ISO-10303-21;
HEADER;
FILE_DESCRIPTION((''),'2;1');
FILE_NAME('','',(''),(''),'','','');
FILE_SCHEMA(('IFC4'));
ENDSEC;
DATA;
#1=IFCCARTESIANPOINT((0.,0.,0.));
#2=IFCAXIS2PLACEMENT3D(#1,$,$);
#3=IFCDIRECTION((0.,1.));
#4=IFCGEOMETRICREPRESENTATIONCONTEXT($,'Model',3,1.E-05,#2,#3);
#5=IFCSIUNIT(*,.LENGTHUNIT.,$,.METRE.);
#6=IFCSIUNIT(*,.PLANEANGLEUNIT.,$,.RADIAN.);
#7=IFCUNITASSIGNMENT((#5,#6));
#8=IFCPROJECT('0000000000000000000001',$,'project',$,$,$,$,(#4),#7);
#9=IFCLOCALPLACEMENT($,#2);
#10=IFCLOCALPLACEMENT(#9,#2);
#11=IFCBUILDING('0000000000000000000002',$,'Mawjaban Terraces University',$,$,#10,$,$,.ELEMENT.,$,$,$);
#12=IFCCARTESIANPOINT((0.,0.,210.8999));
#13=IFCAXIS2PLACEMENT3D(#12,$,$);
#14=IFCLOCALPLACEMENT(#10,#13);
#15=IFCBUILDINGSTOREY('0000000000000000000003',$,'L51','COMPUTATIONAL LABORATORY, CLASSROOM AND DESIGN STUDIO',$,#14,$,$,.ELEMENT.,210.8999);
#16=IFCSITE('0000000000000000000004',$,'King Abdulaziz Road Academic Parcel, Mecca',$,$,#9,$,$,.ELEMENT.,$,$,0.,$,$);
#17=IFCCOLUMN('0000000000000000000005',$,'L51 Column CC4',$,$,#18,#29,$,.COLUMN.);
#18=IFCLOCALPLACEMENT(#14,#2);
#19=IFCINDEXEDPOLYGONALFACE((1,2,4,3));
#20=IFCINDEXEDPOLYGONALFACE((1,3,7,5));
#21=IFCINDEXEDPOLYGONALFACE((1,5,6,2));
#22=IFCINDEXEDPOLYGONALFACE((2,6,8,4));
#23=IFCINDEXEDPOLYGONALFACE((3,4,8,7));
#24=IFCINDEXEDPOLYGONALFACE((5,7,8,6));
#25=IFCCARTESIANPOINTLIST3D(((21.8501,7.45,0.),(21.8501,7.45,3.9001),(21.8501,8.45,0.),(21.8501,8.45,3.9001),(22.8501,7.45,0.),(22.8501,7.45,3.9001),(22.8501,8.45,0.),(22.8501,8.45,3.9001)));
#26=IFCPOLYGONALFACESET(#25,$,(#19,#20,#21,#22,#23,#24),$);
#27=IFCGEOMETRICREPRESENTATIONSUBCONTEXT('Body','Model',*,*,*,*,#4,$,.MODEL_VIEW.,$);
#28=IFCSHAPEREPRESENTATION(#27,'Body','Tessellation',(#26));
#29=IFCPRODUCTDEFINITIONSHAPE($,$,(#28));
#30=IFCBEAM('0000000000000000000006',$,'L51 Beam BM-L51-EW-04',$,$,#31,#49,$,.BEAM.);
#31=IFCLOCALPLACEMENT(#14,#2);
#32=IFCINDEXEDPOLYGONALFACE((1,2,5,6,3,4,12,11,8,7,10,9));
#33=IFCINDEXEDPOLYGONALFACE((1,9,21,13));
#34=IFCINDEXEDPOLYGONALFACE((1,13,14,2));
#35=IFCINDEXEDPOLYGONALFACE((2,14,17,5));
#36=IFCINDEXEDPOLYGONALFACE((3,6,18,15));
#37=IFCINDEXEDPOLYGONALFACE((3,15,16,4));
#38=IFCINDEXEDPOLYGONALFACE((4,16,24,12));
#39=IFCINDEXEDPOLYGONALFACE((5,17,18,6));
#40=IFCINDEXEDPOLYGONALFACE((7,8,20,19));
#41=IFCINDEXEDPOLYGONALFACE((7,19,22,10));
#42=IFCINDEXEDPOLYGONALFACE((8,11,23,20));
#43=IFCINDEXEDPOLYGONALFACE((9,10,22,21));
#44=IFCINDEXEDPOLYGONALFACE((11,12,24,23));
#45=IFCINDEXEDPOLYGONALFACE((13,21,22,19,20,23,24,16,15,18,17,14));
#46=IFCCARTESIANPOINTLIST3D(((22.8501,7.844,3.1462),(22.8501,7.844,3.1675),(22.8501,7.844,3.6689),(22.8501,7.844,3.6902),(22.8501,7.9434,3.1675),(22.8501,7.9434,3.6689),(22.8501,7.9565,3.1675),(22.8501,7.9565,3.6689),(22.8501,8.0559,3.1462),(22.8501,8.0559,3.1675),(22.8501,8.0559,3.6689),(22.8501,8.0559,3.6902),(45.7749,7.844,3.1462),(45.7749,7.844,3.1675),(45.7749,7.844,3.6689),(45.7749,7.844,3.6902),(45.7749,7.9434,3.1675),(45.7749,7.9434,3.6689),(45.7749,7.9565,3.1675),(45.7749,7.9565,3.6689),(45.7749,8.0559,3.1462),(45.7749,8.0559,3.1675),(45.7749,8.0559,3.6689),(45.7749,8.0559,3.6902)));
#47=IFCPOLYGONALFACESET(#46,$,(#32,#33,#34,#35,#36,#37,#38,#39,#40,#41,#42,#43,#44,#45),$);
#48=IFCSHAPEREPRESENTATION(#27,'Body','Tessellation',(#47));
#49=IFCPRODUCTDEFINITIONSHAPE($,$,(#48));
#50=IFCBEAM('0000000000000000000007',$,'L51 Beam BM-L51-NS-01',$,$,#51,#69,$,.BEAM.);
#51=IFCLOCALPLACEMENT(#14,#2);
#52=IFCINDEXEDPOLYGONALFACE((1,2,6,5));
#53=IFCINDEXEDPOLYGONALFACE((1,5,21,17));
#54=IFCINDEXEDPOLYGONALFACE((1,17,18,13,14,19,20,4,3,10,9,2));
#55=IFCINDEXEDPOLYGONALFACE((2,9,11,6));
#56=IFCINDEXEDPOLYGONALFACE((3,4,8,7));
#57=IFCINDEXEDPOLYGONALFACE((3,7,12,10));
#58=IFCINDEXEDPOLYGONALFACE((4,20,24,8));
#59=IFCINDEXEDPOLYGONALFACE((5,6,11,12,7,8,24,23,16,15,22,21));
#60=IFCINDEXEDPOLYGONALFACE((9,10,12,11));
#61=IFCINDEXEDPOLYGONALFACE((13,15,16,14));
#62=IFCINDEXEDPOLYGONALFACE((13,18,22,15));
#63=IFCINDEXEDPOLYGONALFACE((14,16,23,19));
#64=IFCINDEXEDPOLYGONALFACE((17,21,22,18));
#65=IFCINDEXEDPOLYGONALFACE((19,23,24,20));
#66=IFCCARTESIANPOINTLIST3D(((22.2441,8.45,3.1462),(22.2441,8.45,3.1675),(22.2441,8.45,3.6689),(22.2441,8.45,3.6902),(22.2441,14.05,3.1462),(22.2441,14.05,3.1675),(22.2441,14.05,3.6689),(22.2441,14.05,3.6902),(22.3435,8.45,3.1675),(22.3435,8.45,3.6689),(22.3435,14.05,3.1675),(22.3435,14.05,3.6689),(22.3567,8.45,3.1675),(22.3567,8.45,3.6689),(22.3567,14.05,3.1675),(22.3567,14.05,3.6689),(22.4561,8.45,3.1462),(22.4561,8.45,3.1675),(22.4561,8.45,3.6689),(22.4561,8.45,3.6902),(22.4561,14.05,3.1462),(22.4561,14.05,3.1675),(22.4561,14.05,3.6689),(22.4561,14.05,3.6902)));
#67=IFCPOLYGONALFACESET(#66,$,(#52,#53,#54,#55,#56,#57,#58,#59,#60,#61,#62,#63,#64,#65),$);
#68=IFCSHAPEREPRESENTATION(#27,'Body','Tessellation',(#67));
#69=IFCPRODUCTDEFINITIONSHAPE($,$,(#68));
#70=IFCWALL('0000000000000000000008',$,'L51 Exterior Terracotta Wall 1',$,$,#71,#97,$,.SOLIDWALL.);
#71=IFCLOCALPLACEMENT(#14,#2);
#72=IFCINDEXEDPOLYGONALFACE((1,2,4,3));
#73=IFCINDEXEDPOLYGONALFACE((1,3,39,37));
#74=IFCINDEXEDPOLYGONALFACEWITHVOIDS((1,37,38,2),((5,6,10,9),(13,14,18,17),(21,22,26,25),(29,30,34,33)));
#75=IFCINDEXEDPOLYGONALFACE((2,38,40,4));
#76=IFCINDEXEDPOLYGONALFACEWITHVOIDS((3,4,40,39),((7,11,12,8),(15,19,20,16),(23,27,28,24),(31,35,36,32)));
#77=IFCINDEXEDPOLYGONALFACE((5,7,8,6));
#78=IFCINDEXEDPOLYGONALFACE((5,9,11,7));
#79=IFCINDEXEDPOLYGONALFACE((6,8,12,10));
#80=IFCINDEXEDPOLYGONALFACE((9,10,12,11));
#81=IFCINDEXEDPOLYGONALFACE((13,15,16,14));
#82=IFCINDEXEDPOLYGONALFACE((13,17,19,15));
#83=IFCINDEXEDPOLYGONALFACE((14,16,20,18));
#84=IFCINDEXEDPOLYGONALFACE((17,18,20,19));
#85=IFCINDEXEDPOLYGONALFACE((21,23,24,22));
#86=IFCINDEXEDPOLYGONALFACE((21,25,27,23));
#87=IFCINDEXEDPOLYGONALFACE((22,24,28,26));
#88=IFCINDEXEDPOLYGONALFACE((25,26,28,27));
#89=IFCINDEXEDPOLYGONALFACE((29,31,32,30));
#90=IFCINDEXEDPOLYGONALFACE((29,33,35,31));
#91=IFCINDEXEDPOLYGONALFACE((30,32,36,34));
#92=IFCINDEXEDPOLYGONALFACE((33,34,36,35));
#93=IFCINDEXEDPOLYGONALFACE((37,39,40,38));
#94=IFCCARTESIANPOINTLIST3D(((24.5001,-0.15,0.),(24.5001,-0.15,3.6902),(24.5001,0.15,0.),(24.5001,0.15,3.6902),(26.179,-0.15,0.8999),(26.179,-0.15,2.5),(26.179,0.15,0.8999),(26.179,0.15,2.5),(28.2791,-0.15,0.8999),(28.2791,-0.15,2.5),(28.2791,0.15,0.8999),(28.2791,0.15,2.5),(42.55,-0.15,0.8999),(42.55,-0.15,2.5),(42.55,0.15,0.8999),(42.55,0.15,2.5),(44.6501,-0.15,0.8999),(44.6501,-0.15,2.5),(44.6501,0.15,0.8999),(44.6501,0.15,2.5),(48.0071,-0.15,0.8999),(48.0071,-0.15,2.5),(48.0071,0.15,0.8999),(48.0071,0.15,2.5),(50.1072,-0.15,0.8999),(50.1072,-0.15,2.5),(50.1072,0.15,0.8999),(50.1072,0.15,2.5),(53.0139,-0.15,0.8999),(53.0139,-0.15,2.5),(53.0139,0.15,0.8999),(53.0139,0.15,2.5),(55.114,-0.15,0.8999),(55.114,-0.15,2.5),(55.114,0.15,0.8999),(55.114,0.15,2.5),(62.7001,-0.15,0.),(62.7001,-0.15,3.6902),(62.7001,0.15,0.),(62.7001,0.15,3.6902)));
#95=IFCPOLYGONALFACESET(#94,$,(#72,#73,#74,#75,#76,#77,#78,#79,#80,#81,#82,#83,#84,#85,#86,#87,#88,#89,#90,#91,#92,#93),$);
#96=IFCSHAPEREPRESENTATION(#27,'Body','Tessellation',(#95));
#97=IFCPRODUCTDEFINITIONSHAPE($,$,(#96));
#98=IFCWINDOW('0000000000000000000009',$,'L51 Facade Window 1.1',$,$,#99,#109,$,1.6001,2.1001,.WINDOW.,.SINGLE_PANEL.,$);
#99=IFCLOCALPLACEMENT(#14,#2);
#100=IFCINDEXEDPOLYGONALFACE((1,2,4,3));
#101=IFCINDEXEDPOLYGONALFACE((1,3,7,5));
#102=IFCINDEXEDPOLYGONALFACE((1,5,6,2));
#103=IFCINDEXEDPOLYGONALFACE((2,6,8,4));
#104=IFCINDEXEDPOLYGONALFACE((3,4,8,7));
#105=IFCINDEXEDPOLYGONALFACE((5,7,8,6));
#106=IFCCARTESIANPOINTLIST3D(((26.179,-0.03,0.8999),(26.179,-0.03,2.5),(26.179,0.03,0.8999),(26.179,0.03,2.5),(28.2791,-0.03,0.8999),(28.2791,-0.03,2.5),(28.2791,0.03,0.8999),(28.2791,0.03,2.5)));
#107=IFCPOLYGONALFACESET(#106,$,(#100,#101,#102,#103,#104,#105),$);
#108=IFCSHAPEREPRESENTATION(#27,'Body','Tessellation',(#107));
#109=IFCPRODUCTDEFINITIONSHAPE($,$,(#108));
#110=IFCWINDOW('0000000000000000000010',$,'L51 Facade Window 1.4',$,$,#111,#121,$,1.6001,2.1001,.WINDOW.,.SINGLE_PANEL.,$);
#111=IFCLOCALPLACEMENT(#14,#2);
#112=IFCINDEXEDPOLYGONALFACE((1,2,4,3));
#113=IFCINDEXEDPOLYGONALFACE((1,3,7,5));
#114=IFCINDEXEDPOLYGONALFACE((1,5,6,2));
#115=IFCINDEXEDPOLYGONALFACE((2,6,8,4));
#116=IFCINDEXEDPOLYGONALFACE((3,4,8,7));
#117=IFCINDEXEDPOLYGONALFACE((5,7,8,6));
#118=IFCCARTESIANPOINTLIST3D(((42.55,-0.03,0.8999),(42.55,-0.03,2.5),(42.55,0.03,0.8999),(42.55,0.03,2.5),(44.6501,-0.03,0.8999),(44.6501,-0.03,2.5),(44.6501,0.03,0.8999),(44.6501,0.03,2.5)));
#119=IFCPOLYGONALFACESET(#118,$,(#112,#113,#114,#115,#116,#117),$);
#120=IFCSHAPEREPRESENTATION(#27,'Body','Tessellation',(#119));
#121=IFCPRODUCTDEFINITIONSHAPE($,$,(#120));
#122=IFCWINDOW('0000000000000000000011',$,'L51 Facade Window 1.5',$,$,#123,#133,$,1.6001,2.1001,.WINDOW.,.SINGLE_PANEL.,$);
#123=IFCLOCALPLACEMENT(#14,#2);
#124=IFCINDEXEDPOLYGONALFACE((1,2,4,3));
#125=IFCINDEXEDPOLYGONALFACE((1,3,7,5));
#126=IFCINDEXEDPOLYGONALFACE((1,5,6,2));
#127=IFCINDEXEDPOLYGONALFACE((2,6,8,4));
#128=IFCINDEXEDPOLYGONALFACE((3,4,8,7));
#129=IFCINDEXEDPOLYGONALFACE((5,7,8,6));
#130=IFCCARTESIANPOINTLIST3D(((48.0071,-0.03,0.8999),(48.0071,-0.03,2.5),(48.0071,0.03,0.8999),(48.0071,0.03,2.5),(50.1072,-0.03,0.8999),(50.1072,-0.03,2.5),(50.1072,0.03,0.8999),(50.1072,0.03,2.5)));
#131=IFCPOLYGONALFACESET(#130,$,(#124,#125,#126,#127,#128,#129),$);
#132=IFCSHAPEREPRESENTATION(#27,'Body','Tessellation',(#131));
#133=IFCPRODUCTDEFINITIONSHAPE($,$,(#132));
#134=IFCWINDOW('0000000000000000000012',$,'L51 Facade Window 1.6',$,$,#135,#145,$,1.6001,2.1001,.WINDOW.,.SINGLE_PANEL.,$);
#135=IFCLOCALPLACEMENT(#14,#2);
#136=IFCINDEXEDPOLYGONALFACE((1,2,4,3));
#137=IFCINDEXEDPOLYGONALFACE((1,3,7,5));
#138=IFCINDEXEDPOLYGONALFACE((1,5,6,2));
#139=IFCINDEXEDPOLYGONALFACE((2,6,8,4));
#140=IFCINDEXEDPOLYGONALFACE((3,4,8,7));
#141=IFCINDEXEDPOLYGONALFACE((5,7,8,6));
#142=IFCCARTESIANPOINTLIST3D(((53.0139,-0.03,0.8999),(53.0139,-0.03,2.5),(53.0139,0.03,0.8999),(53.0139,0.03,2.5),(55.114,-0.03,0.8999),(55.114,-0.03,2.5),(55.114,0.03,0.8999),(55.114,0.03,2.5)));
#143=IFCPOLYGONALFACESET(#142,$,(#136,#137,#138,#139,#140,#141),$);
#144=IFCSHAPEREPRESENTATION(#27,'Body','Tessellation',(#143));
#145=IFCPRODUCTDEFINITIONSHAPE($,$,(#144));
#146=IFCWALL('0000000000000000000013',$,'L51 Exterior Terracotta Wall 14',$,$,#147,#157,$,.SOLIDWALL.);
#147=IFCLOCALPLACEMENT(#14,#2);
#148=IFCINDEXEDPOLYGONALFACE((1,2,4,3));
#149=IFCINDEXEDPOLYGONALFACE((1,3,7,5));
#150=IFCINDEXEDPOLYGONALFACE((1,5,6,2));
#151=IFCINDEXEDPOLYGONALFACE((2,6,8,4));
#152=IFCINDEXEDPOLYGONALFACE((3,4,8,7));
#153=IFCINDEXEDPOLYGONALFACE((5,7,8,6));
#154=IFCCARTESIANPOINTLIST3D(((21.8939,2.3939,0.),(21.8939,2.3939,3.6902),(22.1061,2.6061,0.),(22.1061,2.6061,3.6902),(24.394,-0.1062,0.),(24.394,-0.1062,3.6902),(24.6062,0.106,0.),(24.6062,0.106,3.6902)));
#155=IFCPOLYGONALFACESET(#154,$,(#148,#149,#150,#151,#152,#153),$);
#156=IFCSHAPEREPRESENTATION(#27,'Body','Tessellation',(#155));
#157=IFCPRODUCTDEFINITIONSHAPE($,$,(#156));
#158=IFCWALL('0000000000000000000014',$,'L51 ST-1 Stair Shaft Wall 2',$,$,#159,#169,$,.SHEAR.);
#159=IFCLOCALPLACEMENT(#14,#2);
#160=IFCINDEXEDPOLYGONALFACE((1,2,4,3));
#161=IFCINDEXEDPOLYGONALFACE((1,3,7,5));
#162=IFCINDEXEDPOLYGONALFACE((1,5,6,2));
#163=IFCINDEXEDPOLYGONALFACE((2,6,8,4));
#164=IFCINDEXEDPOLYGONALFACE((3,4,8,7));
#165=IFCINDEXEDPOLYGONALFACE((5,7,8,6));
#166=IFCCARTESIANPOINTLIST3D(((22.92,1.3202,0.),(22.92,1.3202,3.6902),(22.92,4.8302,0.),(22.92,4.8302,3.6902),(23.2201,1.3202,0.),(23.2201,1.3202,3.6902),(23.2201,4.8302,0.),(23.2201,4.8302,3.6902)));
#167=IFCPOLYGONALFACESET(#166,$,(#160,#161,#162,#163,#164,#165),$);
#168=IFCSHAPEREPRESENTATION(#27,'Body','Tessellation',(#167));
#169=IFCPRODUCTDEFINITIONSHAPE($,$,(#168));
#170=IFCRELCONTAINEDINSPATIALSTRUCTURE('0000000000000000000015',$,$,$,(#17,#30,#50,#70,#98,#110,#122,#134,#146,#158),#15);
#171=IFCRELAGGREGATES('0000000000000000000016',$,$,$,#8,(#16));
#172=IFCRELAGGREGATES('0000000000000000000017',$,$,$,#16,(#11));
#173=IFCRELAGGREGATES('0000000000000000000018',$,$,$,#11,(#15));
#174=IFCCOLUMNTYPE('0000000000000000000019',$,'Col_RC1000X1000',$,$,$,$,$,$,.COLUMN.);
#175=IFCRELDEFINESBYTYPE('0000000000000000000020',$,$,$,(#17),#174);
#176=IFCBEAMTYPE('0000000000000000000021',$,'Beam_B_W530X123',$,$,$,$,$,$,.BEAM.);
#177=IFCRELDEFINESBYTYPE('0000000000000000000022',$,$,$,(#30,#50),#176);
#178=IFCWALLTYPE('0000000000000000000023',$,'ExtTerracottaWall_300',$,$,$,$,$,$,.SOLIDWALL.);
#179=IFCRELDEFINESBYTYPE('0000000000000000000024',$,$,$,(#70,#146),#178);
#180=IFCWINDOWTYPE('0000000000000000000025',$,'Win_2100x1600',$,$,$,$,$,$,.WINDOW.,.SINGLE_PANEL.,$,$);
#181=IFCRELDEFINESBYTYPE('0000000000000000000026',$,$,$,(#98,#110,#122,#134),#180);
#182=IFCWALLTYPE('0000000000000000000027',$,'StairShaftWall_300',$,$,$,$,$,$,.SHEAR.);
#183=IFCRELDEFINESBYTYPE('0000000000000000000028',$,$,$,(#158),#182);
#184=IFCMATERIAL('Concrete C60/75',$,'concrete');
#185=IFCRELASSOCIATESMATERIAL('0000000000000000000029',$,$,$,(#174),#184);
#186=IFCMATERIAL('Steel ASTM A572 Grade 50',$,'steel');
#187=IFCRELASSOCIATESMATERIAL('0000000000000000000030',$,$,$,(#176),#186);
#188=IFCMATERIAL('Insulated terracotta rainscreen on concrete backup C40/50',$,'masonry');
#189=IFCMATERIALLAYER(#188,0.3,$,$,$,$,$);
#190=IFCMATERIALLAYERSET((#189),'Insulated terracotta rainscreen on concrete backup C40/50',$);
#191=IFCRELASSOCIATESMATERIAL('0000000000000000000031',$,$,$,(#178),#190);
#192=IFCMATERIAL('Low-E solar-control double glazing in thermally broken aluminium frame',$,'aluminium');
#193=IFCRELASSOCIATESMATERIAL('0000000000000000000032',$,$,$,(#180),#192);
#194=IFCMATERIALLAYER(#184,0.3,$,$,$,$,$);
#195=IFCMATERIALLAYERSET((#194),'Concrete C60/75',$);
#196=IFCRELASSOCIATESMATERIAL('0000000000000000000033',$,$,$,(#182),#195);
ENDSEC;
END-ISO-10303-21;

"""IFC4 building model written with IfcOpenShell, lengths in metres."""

from ifc_helpers import new_model, si_unit, direction, frame, frame_2d, origin, origin_2d, place, context, subcontext, project, spatial, rectangle, i_section, extrude, material, layer, layer_set, material_profile, profile_set, type_object, element, fill, save


model = new_model("IFC4")

# Units and contexts
model_context = context("Model", 3, precision=1e-05, world=origin(), true_north=direction((0.0, 1.0)))
body_context = subcontext(model_context, "Body", "Model", "MODEL_VIEW")
ifc_project = project(units=[si_unit("LENGTHUNIT", "METRE"), si_unit("PLANEANGLEUNIT", "RADIAN")], contexts=[model_context])

# Site, building, storey
site_placement = place(None, origin())
site = spatial("IfcSite", under=ifc_project, at=site_placement, Name="King Abdulaziz Road Academic Parcel, Mecca", CompositionType="ELEMENT", RefElevation=0.0)
building_placement = place(site_placement, origin())
building = spatial("IfcBuilding", under=site, at=building_placement, Name="Mawjaban Terraces University", CompositionType="ELEMENT")
storey_placement = place(building_placement, frame((0.0, 0.0, 210.8999)))
storey = spatial("IfcBuildingStorey", under=building, at=storey_placement, Name="L51", Description="COMPUTATIONAL LABORATORY, CLASSROOM AND DESIGN STUDIO", CompositionType="ELEMENT", Elevation=210.8999)

# Column
ifc_material_1 = material(Name="Concrete C60/75", Category="concrete")
ifc_material_profile_1 = material_profile(ifc_material_1, rectangle(XDim=1.0, YDim=1.0, at=origin_2d()), Name="RC1000X1000")
ifc_profile_set_1 = profile_set([ifc_material_profile_1], Name="Concrete C60/75")
column_type = type_object("IfcColumnType", Name="Col_RC1000X1000", PredefinedType="COLUMN", material=ifc_profile_set_1)
column_placement = place(storey_placement, frame((22.3501, 7.95, 0.0), z_axis=(0.0, 0.0, 1.0), x_axis=(1.0, 0.0, 0.0)))
element("IfcColumn", 1, at=column_placement, inside=storey, type_object=column_type, Name="L51 Column CC4", PredefinedType="COLUMN", context=body_context, shape_type="SweptSolid", body=[
    extrude(rectangle(XDim=1.0, YDim=1.0, at=origin_2d()), origin(), (0.0, 0.0, 1.0), 3.9001),
])

# Beams
ifc_material_2 = material(Name="Steel ASTM A572 Grade 50", Category="steel")
ifc_material_profile_2 = material_profile(ifc_material_2, i_section(OverallWidth=0.2119, OverallDepth=0.5439, WebThickness=0.0132, FlangeThickness=0.0212, at=origin_2d()), Name="W530X123")
ifc_profile_set_2 = profile_set([ifc_material_profile_2], Name="Steel ASTM A572 Grade 50")
beam_type = type_object("IfcBeamType", Name="Beam_B_W530X123", PredefinedType="BEAM", material=ifc_profile_set_2)
beam_1_placement = place(storey_placement, frame((22.8501, 7.95, 3.4182), z_axis=(1.0, 0.0, 0.0), x_axis=(0.0, 1.0, 0.0)))
element("IfcBeam", 2, at=beam_1_placement, inside=storey, type_object=beam_type, Name="L51 Beam BM-L51-EW-04", PredefinedType="BEAM", context=body_context, shape_type="SweptSolid", body=[
    extrude(i_section(OverallWidth=0.2119, OverallDepth=0.5439, WebThickness=0.0132, FlangeThickness=0.0212, at=origin_2d()), origin(), (0.0, 0.0, 1.0), 22.9248),
])
beam_2_placement = place(storey_placement, frame((22.3501, 8.45, 3.4182), z_axis=(0.0, 1.0, 0.0), x_axis=(-1.0, 0.0, 0.0)))
element("IfcBeam", 3, at=beam_2_placement, inside=storey, type_object=beam_type, Name="L51 Beam BM-L51-NS-01", PredefinedType="BEAM", context=body_context, shape_type="SweptSolid", body=[
    extrude(i_section(OverallWidth=0.2119, OverallDepth=0.5439, WebThickness=0.0132, FlangeThickness=0.0212, at=origin_2d()), origin(), (0.0, 0.0, 1.0), 5.6001),
])

# Wall, openings, windows
ifc_material_3 = material(Name="Insulated terracotta rainscreen on concrete backup C40/50", Category="masonry")
ifc_layer_1 = layer(ifc_material_3, 0.3)
ifc_layer_set_1 = layer_set([ifc_layer_1], Name="Insulated terracotta rainscreen on concrete backup C40/50")
wall_type_1 = type_object("IfcWallType", Name="ExtTerracottaWall_300", PredefinedType="SOLIDWALL", material=ifc_layer_set_1)
wall_1_placement = place(storey_placement, frame((24.5, 0.0, 0.0), z_axis=(0.0, 0.0, 1.0), x_axis=(1.0, 0.0, 0.0)))
wall_1 = element("IfcWall", 4, at=wall_1_placement, inside=storey, type_object=wall_type_1, Name="L51 Exterior Terracotta Wall 1", PredefinedType="SOLIDWALL", context=body_context, shape_type="SweptSolid", body=[
    extrude(rectangle(XDim=38.2, YDim=0.3, at=frame_2d((19.1001, 0.0))), origin(), (0.0, 0.0, 1.0), 3.6902),
])
opening_1_placement = place(wall_1_placement, frame((1.679, 0.0, 0.8999)))
opening_1 = element("IfcOpeningElement", 5, at=opening_1_placement, cuts=wall_1, PredefinedType="OPENING", context=body_context, shape_type="SweptSolid", body=[
    extrude(rectangle(XDim=2.1001, YDim=1.6001, at=frame_2d((1.05, 0.8))), frame((0.0, 0.1599, 0.0), z_axis=(0.0, -1.0, 0.0), x_axis=(1.0, 0.0, 0.0)), (0.0, 0.0, 1.0), 0.3201),
])
opening_2_placement = place(wall_1_placement, frame((18.05, 0.0, 0.8999)))
opening_2 = element("IfcOpeningElement", 6, at=opening_2_placement, cuts=wall_1, PredefinedType="OPENING", context=body_context, shape_type="SweptSolid", body=[
    extrude(rectangle(XDim=2.1001, YDim=1.6001, at=frame_2d((1.05, 0.8))), frame((0.0, 0.1599, 0.0), z_axis=(0.0, -1.0, 0.0), x_axis=(1.0, 0.0, 0.0)), (0.0, 0.0, 1.0), 0.3201),
])
opening_3_placement = place(wall_1_placement, frame((23.5071, 0.0, 0.8999)))
opening_3 = element("IfcOpeningElement", 7, at=opening_3_placement, cuts=wall_1, PredefinedType="OPENING", context=body_context, shape_type="SweptSolid", body=[
    extrude(rectangle(XDim=2.1001, YDim=1.6001, at=frame_2d((1.05, 0.8))), frame((0.0, 0.1599, 0.0), z_axis=(0.0, -1.0, 0.0), x_axis=(1.0, 0.0, 0.0)), (0.0, 0.0, 1.0), 0.3201),
])
opening_4_placement = place(wall_1_placement, frame((28.5139, 0.0, 0.8999)))
opening_4 = element("IfcOpeningElement", 8, at=opening_4_placement, cuts=wall_1, PredefinedType="OPENING", context=body_context, shape_type="SweptSolid", body=[
    extrude(rectangle(XDim=2.1001, YDim=1.6001, at=frame_2d((1.05, 0.8))), frame((0.0, 0.1599, 0.0), z_axis=(0.0, -1.0, 0.0), x_axis=(1.0, 0.0, 0.0)), (0.0, 0.0, 1.0), 0.3201),
])
ifc_material_4 = material(Name="Low-E solar-control double glazing in thermally broken aluminium frame", Category="aluminium")
window_type = type_object("IfcWindowType", Name="Win_2100x1600", PartitioningType="SINGLE_PANEL", PredefinedType="WINDOW", material=ifc_material_4)
window_1_placement = place(opening_1_placement, origin())
window_1 = element("IfcWindow", 9, at=window_1_placement, inside=storey, type_object=window_type, Name="L51 Facade Window 1.1", OverallHeight=1.6001, OverallWidth=2.1001, PartitioningType="SINGLE_PANEL", PredefinedType="WINDOW", context=body_context, shape_type="SweptSolid", body=[
    extrude(rectangle(XDim=2.1001, YDim=1.6001, at=frame_2d((1.05, 0.8))), frame((0.0, 0.03, 0.0), z_axis=(0.0, -1.0, 0.0), x_axis=(1.0, 0.0, 0.0)), (0.0, 0.0, 1.0), 0.0601),
])
fill(opening_1, window_1)
window_2_placement = place(opening_2_placement, origin())
window_2 = element("IfcWindow", 10, at=window_2_placement, inside=storey, type_object=window_type, Name="L51 Facade Window 1.4", OverallHeight=1.6001, OverallWidth=2.1001, PartitioningType="SINGLE_PANEL", PredefinedType="WINDOW", context=body_context, shape_type="SweptSolid", body=[
    extrude(rectangle(XDim=2.1001, YDim=1.6001, at=frame_2d((1.05, 0.8))), frame((0.0, 0.03, 0.0), z_axis=(0.0, -1.0, 0.0), x_axis=(1.0, 0.0, 0.0)), (0.0, 0.0, 1.0), 0.0601),
])
fill(opening_2, window_2)
window_3_placement = place(opening_3_placement, origin())
window_3 = element("IfcWindow", 11, at=window_3_placement, inside=storey, type_object=window_type, Name="L51 Facade Window 1.5", OverallHeight=1.6001, OverallWidth=2.1001, PartitioningType="SINGLE_PANEL", PredefinedType="WINDOW", context=body_context, shape_type="SweptSolid", body=[
    extrude(rectangle(XDim=2.1001, YDim=1.6001, at=frame_2d((1.05, 0.8))), frame((0.0, 0.03, 0.0), z_axis=(0.0, -1.0, 0.0), x_axis=(1.0, 0.0, 0.0)), (0.0, 0.0, 1.0), 0.0601),
])
fill(opening_3, window_3)
window_4_placement = place(opening_4_placement, origin())
window_4 = element("IfcWindow", 12, at=window_4_placement, inside=storey, type_object=window_type, Name="L51 Facade Window 1.6", OverallHeight=1.6001, OverallWidth=2.1001, PartitioningType="SINGLE_PANEL", PredefinedType="WINDOW", context=body_context, shape_type="SweptSolid", body=[
    extrude(rectangle(XDim=2.1001, YDim=1.6001, at=frame_2d((1.05, 0.8))), frame((0.0, 0.03, 0.0), z_axis=(0.0, -1.0, 0.0), x_axis=(1.0, 0.0, 0.0)), (0.0, 0.0, 1.0), 0.0601),
])
fill(opening_4, window_4)

# Walls
wall_2_placement = place(storey_placement, frame((22.0, 2.5, 0.0), z_axis=(0.0, 0.0, 1.0), x_axis=(0.707107, -0.707107, 0.0)))
element("IfcWall", 13, at=wall_2_placement, inside=storey, type_object=wall_type_1, Name="L51 Exterior Terracotta Wall 14", PredefinedType="SOLIDWALL", context=body_context, shape_type="SweptSolid", body=[
    extrude(rectangle(XDim=3.5356, YDim=0.3, at=frame_2d((1.7678, 0.0))), origin(), (0.0, 0.0, 1.0), 3.6902),
])
ifc_layer_2 = layer(ifc_material_1, 0.3)
ifc_layer_set_2 = layer_set([ifc_layer_2], Name="Concrete C60/75")
wall_type_2 = type_object("IfcWallType", Name="StairShaftWall_300", PredefinedType="SHEAR", material=ifc_layer_set_2)
wall_3_placement = place(storey_placement, frame((23.0701, 4.8301, 0.0), z_axis=(0.0, 0.0, 1.0), x_axis=(0.0, -1.0, 0.0)))
element("IfcWall", 14, at=wall_3_placement, inside=storey, type_object=wall_type_2, Name="L51 ST-1 Stair Shaft Wall 2", PredefinedType="SHEAR", context=body_context, shape_type="SweptSolid", body=[
    extrude(rectangle(XDim=3.51, YDim=0.3, at=frame_2d((1.7549, 0.0))), origin(), (0.0, 0.0, 1.0), 3.6902),
])

save(model, "model.ifc")
